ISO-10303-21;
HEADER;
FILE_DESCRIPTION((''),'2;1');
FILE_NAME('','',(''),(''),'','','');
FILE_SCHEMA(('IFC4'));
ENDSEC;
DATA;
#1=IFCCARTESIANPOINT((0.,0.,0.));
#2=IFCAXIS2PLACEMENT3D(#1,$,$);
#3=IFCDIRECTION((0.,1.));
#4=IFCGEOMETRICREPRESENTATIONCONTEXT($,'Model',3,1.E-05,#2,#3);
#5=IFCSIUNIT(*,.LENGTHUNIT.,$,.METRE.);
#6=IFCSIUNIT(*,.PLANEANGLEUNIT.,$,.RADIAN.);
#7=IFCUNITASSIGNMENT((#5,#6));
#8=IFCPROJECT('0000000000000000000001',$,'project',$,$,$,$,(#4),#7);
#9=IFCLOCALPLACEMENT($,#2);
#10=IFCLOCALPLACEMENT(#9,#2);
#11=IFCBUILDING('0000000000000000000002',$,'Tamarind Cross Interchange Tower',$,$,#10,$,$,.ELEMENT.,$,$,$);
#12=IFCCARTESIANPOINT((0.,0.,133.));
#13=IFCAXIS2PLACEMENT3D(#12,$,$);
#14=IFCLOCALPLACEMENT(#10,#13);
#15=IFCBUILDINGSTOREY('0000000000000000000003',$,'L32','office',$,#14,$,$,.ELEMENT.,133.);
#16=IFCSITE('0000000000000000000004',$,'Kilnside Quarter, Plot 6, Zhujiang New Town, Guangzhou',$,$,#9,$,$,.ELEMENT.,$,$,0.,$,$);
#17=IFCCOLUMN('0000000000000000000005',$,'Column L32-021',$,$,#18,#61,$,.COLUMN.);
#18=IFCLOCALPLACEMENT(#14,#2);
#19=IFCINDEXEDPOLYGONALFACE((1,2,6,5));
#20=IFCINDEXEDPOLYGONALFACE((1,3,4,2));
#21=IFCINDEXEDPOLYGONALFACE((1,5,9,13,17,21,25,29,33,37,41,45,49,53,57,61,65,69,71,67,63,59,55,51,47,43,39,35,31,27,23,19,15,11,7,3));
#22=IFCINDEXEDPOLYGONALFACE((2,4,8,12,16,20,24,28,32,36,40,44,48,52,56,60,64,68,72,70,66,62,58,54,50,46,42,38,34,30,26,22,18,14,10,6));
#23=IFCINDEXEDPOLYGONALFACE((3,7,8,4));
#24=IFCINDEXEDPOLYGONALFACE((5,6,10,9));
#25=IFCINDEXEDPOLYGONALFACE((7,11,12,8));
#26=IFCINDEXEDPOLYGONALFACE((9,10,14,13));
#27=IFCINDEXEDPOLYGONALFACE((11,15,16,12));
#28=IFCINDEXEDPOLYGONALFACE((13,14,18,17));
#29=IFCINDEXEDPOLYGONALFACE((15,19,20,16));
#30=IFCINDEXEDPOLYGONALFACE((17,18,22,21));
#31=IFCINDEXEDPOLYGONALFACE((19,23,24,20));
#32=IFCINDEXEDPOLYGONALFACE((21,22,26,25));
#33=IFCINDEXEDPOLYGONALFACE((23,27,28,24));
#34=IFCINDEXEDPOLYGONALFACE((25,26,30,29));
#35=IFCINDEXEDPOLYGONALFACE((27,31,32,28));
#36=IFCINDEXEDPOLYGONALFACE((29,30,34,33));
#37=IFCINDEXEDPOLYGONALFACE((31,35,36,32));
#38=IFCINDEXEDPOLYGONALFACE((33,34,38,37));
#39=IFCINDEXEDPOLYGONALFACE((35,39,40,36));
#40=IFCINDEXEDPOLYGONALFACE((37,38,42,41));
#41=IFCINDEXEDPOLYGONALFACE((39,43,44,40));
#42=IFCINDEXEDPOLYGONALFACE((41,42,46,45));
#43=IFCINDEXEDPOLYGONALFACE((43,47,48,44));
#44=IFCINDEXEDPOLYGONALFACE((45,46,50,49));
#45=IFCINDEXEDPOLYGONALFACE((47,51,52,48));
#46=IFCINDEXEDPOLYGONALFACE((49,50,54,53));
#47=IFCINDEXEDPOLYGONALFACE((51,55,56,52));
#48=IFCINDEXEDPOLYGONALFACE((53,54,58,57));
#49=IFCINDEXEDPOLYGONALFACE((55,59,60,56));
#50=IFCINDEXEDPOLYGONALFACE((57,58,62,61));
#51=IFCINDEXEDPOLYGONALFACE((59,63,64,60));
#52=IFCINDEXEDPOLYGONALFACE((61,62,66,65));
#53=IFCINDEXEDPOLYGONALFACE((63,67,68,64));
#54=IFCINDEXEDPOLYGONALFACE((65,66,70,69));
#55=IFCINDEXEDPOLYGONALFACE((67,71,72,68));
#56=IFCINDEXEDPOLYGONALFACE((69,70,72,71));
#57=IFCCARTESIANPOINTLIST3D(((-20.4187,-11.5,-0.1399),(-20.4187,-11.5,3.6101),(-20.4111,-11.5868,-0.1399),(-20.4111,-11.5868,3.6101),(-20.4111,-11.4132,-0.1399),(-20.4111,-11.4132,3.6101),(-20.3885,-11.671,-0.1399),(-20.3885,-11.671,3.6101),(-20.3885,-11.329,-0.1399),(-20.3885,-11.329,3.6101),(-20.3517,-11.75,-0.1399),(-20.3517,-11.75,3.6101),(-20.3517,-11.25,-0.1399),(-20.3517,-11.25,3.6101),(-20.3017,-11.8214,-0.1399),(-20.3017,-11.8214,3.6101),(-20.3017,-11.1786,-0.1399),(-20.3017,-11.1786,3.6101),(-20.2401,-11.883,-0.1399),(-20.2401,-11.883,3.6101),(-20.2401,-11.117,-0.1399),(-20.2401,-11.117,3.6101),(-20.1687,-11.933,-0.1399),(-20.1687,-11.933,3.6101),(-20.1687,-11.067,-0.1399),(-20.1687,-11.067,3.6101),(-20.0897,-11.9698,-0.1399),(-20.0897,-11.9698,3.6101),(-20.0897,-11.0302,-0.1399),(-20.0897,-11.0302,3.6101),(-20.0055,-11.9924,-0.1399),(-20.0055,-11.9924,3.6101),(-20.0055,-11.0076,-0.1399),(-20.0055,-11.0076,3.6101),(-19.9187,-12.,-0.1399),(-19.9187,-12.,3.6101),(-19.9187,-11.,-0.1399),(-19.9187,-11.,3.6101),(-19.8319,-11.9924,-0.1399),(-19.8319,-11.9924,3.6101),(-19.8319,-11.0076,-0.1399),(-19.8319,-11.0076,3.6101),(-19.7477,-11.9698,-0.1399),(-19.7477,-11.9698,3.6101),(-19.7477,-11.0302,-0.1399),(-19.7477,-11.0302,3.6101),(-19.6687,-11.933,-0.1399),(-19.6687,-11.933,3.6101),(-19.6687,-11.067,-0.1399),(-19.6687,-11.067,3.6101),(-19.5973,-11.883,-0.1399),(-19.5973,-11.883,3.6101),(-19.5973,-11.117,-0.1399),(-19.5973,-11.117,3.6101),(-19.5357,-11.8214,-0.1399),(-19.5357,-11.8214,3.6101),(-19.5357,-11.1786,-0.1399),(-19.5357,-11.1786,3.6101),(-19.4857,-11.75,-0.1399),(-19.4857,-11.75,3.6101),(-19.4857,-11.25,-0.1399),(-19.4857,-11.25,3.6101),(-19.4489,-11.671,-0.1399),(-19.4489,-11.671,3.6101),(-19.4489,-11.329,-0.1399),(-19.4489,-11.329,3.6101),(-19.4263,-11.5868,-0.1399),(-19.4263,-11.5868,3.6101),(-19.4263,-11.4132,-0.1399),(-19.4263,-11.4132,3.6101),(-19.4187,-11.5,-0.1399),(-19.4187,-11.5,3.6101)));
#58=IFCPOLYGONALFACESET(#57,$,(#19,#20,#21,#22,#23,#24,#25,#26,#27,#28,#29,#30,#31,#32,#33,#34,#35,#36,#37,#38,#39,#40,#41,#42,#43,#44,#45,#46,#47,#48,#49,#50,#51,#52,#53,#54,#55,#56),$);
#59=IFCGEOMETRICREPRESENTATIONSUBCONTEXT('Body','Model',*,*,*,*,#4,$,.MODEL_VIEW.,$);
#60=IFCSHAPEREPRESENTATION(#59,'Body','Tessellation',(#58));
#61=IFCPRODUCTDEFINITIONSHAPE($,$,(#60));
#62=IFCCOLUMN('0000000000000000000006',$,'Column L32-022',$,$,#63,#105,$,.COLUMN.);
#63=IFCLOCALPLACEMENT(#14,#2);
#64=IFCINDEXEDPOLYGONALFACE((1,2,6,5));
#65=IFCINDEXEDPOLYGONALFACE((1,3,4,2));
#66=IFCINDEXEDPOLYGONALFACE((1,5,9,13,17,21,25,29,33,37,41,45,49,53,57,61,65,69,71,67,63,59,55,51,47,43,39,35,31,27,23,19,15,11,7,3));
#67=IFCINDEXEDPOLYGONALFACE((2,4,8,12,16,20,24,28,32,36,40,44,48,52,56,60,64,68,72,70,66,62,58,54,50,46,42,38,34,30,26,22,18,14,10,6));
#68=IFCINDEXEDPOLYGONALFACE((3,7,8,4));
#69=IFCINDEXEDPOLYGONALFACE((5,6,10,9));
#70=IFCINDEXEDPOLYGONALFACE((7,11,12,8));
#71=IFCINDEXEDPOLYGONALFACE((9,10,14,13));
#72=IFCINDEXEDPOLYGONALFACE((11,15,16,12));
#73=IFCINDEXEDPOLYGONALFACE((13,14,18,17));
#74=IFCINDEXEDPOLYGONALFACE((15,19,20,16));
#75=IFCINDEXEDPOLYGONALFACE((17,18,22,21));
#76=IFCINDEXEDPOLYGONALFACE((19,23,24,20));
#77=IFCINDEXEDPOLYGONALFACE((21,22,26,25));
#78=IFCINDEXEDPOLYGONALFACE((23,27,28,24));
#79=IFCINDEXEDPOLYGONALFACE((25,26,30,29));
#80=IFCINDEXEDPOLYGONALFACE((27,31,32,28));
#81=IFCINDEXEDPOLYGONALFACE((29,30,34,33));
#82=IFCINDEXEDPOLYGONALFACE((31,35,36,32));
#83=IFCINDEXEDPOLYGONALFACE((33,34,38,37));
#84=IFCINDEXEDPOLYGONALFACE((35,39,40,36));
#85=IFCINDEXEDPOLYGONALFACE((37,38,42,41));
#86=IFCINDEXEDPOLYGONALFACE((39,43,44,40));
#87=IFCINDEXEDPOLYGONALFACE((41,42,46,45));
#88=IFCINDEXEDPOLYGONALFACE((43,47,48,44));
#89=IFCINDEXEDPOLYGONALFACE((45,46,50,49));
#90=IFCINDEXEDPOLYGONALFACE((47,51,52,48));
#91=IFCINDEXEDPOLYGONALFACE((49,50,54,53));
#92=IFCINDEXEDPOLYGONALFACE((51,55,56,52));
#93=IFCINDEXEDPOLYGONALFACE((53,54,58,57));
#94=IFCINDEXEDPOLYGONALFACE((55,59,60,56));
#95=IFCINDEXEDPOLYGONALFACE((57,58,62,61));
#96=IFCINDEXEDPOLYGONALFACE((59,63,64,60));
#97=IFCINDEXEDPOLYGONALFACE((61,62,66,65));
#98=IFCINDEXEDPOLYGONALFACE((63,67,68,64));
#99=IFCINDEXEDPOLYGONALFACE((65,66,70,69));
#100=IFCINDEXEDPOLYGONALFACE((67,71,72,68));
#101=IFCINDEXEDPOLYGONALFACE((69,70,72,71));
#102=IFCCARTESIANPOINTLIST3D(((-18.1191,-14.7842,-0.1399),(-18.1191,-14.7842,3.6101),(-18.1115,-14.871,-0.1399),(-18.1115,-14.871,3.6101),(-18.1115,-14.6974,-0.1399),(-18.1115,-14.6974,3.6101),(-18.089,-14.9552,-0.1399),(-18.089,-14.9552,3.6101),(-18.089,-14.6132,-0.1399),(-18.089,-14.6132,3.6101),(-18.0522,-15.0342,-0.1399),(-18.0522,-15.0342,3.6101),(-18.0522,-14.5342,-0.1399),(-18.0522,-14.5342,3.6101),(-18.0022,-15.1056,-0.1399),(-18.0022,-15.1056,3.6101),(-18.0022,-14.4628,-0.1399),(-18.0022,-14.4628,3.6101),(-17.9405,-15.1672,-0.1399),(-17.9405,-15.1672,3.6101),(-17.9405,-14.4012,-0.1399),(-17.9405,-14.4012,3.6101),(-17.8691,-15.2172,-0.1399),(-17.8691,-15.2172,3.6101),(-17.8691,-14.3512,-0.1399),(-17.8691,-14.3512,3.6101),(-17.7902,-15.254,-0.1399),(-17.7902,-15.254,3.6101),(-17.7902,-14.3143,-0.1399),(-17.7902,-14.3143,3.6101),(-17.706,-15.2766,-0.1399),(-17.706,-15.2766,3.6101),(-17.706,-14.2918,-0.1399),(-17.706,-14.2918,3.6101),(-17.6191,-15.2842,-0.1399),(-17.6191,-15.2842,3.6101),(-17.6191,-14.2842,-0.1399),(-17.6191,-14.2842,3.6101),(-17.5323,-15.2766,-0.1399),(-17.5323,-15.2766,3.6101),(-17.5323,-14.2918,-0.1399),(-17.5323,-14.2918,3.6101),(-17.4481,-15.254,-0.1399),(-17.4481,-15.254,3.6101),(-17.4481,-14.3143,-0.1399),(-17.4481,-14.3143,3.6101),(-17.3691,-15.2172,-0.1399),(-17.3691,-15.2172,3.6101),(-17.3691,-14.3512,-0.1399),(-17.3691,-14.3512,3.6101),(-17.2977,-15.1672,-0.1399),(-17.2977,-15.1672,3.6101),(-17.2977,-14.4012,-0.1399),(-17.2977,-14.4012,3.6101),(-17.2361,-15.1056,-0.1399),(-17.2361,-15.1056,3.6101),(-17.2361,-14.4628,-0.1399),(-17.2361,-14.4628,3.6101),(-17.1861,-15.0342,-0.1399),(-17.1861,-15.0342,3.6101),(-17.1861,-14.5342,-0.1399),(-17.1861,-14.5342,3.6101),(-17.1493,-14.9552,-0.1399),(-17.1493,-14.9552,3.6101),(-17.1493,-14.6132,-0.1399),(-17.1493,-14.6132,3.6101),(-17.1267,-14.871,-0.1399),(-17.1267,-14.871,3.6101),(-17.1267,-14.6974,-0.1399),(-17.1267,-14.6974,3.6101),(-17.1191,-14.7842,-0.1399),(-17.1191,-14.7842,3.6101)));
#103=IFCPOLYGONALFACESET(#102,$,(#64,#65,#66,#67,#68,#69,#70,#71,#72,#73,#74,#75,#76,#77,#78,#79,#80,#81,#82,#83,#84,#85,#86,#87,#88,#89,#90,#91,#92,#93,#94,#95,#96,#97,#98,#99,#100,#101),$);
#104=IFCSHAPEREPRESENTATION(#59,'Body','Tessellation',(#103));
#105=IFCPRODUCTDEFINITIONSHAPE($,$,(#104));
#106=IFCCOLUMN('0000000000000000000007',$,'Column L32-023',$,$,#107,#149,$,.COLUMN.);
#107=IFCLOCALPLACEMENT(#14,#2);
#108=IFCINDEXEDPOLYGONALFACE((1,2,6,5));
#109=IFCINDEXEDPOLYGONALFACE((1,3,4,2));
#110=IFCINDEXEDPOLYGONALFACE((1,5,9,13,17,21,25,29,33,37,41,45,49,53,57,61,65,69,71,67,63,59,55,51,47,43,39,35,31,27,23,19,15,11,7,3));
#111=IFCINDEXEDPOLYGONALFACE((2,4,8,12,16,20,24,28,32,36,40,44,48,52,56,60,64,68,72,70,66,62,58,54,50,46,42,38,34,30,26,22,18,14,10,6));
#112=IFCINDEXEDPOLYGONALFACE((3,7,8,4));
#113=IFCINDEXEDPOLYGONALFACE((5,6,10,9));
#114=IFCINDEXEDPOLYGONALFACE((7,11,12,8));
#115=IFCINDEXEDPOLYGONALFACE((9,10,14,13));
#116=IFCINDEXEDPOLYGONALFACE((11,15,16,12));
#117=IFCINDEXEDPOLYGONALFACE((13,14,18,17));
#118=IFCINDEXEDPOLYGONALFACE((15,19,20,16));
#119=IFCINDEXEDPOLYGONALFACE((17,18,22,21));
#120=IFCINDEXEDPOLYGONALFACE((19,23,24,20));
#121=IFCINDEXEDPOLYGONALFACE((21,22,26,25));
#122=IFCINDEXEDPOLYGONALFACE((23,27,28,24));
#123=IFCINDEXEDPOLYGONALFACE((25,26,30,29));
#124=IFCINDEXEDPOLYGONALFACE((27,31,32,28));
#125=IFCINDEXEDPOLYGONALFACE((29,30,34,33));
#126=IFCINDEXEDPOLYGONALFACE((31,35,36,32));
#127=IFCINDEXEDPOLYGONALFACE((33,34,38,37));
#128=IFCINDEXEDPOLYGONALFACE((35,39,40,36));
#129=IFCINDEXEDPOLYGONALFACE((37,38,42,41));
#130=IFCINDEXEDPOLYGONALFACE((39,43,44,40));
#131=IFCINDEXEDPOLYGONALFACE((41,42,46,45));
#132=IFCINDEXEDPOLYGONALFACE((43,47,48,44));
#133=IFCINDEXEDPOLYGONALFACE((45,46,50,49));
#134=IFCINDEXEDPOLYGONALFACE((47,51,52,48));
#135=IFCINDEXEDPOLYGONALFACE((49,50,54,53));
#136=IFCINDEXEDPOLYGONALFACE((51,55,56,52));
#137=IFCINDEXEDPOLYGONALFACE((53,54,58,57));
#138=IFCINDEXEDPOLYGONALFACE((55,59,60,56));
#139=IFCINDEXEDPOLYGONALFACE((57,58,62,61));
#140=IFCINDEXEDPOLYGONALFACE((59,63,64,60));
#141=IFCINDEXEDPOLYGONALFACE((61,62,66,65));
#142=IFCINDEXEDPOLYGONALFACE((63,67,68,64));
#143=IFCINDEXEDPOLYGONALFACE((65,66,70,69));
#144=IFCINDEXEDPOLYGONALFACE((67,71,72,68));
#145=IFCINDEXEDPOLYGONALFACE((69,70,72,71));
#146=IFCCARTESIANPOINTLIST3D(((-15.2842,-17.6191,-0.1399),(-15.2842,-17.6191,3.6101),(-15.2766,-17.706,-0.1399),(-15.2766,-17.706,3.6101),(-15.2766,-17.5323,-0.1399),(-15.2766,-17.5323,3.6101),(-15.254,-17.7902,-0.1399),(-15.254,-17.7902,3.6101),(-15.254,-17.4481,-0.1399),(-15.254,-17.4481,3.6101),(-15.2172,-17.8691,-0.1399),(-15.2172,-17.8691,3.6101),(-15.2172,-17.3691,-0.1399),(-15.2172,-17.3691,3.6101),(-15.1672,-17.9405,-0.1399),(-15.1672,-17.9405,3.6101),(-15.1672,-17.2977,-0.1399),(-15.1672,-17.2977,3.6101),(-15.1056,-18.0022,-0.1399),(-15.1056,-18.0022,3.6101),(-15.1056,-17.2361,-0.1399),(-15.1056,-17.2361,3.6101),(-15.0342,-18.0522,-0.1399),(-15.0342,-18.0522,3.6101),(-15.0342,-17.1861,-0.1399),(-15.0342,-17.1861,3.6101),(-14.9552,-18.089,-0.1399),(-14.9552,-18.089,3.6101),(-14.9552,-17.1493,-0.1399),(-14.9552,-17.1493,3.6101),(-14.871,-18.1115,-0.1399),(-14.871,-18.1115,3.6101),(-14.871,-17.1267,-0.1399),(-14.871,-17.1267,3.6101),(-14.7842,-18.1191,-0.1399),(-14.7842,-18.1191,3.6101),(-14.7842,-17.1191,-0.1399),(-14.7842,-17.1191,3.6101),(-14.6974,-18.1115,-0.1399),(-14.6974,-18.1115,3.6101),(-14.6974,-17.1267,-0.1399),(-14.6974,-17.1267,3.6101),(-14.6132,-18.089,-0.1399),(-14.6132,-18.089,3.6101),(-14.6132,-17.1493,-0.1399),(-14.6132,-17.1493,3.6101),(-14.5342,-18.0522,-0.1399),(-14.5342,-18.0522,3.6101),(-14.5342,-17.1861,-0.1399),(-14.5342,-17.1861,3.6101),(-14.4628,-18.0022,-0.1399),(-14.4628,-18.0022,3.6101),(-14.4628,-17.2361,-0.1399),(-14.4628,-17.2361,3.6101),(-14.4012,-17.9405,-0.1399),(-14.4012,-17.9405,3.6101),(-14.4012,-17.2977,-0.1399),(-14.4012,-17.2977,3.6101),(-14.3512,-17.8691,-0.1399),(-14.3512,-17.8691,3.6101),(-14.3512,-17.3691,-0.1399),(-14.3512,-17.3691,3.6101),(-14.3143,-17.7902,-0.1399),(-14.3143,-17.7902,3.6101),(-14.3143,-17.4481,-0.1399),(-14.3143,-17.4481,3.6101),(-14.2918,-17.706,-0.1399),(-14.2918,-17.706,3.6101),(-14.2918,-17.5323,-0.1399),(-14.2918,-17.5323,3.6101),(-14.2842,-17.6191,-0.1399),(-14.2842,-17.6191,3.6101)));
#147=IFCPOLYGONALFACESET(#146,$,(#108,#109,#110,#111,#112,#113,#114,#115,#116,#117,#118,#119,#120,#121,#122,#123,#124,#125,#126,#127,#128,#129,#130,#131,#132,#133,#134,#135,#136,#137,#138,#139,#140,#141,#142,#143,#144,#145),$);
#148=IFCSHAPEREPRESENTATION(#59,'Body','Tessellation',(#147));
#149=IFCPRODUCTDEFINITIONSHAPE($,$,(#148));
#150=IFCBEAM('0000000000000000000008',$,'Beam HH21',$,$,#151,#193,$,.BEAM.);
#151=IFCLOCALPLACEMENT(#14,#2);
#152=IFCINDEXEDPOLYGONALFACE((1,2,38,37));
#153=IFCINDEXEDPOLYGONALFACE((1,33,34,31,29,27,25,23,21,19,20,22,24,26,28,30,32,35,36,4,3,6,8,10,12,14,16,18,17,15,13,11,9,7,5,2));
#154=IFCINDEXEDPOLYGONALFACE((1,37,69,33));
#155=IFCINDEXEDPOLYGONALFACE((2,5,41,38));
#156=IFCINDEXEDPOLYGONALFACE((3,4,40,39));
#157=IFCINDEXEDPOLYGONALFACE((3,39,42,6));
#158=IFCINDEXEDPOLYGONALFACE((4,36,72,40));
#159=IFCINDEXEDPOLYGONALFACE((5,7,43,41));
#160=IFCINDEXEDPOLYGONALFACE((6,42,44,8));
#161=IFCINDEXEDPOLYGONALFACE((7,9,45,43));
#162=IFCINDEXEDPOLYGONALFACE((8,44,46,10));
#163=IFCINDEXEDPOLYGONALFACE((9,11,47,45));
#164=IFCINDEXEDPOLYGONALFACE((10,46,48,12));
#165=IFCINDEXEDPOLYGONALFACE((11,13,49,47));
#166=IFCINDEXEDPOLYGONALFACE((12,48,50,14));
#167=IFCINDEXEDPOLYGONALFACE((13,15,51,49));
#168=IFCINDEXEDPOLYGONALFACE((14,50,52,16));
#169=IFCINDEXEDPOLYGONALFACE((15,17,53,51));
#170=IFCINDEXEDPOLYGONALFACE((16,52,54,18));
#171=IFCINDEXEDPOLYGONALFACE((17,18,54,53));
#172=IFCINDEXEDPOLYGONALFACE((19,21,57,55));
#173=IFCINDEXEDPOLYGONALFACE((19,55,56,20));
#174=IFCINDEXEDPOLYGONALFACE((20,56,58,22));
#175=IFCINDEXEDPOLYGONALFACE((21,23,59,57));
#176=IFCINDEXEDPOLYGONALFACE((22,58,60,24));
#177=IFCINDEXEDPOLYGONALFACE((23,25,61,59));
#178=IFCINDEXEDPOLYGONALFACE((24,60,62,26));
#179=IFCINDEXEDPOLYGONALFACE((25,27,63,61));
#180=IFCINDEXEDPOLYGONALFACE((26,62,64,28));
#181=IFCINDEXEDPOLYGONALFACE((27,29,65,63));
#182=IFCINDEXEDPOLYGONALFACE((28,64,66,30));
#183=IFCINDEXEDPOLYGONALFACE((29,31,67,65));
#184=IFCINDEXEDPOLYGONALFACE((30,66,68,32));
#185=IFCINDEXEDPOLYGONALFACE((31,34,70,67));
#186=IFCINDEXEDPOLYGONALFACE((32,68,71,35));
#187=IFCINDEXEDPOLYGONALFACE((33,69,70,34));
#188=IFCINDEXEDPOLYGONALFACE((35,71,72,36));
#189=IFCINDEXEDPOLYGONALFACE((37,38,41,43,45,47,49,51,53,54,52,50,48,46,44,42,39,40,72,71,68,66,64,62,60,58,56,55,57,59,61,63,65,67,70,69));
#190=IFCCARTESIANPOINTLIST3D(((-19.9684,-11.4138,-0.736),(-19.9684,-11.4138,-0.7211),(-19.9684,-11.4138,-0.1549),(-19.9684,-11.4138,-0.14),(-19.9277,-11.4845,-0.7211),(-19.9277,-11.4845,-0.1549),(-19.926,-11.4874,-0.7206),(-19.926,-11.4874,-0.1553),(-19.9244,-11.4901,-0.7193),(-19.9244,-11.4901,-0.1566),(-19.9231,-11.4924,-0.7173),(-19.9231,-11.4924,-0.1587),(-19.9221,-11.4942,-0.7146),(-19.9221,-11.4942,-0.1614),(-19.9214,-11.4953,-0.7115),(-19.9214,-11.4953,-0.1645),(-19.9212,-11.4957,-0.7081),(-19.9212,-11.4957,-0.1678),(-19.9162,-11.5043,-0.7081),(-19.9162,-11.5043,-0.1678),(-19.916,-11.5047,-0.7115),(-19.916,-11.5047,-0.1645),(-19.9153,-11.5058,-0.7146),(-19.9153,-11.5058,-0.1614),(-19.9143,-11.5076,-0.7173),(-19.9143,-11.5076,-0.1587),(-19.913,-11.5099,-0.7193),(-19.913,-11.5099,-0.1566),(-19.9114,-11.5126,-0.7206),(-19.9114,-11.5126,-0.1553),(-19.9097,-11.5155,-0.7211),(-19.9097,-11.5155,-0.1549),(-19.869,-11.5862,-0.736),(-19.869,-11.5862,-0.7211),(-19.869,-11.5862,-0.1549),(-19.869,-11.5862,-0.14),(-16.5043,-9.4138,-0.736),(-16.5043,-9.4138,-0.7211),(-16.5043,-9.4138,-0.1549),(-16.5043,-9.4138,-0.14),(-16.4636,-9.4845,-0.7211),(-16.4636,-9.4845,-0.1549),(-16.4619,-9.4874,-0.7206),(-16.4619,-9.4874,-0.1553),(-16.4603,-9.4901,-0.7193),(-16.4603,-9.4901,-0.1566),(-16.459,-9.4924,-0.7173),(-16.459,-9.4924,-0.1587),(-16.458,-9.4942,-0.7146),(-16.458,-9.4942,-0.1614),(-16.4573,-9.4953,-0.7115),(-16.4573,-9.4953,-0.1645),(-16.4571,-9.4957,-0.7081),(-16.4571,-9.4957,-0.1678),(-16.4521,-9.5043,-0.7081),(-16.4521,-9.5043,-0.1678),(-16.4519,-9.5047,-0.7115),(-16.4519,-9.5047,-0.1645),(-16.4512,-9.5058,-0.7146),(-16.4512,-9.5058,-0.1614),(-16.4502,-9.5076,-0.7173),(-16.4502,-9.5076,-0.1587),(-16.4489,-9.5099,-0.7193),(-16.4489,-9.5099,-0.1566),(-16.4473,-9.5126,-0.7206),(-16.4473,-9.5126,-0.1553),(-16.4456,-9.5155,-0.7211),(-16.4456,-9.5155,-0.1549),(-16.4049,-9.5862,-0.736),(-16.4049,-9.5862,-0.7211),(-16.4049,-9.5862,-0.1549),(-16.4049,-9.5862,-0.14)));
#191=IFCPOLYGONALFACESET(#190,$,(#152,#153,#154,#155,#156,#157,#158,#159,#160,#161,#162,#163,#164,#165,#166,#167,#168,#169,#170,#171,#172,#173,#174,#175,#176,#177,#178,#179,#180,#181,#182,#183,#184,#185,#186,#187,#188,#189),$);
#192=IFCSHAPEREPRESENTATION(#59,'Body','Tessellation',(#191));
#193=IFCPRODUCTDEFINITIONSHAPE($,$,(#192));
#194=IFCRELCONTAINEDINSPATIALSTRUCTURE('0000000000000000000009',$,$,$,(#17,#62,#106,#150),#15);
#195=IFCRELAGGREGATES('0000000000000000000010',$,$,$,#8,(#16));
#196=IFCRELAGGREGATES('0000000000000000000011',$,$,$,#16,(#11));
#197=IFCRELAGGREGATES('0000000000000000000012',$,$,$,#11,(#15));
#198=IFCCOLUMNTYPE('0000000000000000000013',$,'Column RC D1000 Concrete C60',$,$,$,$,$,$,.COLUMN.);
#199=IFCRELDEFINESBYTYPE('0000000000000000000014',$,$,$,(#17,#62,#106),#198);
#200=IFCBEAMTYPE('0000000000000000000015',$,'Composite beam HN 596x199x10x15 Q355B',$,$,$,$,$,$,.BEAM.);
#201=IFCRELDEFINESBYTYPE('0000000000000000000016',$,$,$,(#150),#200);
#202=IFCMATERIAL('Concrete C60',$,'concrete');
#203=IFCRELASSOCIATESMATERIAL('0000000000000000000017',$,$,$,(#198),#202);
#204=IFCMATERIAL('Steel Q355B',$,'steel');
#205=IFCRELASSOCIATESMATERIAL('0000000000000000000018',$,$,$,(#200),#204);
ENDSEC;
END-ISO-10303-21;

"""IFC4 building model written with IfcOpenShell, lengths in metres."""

from ifc_helpers import new_model, si_unit, direction, frame, origin, origin_2d, place, context, subcontext, project, spatial, circle, i_section, extrude, material, material_profile, profile_set, type_object, element, save


model = new_model("IFC4")

# Units and contexts
model_context = context("Model", 3, precision=1e-05, world=origin(), true_north=direction((0.0, 1.0)))
body_context = subcontext(model_context, "Body", "Model", "MODEL_VIEW")
ifc_project = project(units=[si_unit("LENGTHUNIT", "METRE"), si_unit("PLANEANGLEUNIT", "RADIAN")], contexts=[model_context])

# Site, building, storey
site_placement = place(None, origin())
site = spatial("IfcSite", under=ifc_project, at=site_placement, Name="Kilnside Quarter, Plot 6, Zhujiang New Town, Guangzhou", CompositionType="ELEMENT", RefElevation=0.0)
building_placement = place(site_placement, origin())
building = spatial("IfcBuilding", under=site, at=building_placement, Name="Tamarind Cross Interchange Tower", CompositionType="ELEMENT")
storey_placement = place(building_placement, frame((0.0, 0.0, 133.0)))
storey = spatial("IfcBuildingStorey", under=building, at=storey_placement, Name="L32", Description="office", CompositionType="ELEMENT", Elevation=133.0)

# Columns
ifc_material_1 = material(Name="Concrete C60", Category="concrete")
ifc_material_profile_1 = material_profile(ifc_material_1, circle(Radius=0.5, at=origin_2d()), Name="RC D1000")
ifc_profile_set_1 = profile_set([ifc_material_profile_1], Name="Concrete C60")
column_type = type_object("IfcColumnType", Name="Column RC D1000 Concrete C60", PredefinedType="COLUMN", material=ifc_profile_set_1)
for number, where, z_axis, x_axis, name in (
    (1, (-19.9187, -11.5, -0.1399), (0.0, 0.0, 1.0), (1.0, 0.0, 0.0), "Column L32-021"),
    (2, (-17.6191, -14.7842, -0.1399), (0.0, 0.0, 1.0), (1.0, 0.0, 0.0), "Column L32-022"),
    (3, (-14.7842, -17.6191, -0.1399), (0.0, 0.0, 1.0), (1.0, 0.0, 0.0), "Column L32-023"),
):
    element("IfcColumn", number, at=place(storey_placement, frame(where, z_axis=z_axis, x_axis=x_axis)), inside=storey, type_object=column_type, Name=name, PredefinedType="COLUMN", context=body_context, shape_type="SweptSolid", body=[
        extrude(circle(Radius=0.5, at=origin_2d()), origin(), (0.0, 0.0, 1.0), 3.75),
    ])

# Beam
ifc_material_2 = material(Name="Steel Q355B", Category="steel")
ifc_material_profile_2 = material_profile(ifc_material_2, i_section(OverallWidth=0.199, OverallDepth=0.5959, WebThickness=0.01, FlangeThickness=0.0149, FilletRadius=0.0129, at=origin_2d()), Name="HN 596x199x10x15")
ifc_profile_set_2 = profile_set([ifc_material_profile_2], Name="Steel Q355B")
beam_type = type_object("IfcBeamType", Name="Composite beam HN 596x199x10x15 Q355B", PredefinedType="BEAM", material=ifc_profile_set_2)
beam_1_placement = place(storey_placement, frame((-19.9187, -11.5, -0.438), z_axis=(0.866026, 0.499999, 0.0), x_axis=(-0.499999, 0.866026, 0.0)))
element("IfcBeam", 4, at=beam_1_placement, inside=storey, type_object=beam_type, Name="Beam HH21", PredefinedType="BEAM", context=body_context, shape_type="SweptSolid", body=[
    extrude(i_section(OverallWidth=0.199, OverallDepth=0.5959, WebThickness=0.01, FlangeThickness=0.0149, FilletRadius=0.0129, at=origin_2d()), origin(), (0.0, 0.0, 1.0), 4.0),
])

save(model, "model.ifc")
